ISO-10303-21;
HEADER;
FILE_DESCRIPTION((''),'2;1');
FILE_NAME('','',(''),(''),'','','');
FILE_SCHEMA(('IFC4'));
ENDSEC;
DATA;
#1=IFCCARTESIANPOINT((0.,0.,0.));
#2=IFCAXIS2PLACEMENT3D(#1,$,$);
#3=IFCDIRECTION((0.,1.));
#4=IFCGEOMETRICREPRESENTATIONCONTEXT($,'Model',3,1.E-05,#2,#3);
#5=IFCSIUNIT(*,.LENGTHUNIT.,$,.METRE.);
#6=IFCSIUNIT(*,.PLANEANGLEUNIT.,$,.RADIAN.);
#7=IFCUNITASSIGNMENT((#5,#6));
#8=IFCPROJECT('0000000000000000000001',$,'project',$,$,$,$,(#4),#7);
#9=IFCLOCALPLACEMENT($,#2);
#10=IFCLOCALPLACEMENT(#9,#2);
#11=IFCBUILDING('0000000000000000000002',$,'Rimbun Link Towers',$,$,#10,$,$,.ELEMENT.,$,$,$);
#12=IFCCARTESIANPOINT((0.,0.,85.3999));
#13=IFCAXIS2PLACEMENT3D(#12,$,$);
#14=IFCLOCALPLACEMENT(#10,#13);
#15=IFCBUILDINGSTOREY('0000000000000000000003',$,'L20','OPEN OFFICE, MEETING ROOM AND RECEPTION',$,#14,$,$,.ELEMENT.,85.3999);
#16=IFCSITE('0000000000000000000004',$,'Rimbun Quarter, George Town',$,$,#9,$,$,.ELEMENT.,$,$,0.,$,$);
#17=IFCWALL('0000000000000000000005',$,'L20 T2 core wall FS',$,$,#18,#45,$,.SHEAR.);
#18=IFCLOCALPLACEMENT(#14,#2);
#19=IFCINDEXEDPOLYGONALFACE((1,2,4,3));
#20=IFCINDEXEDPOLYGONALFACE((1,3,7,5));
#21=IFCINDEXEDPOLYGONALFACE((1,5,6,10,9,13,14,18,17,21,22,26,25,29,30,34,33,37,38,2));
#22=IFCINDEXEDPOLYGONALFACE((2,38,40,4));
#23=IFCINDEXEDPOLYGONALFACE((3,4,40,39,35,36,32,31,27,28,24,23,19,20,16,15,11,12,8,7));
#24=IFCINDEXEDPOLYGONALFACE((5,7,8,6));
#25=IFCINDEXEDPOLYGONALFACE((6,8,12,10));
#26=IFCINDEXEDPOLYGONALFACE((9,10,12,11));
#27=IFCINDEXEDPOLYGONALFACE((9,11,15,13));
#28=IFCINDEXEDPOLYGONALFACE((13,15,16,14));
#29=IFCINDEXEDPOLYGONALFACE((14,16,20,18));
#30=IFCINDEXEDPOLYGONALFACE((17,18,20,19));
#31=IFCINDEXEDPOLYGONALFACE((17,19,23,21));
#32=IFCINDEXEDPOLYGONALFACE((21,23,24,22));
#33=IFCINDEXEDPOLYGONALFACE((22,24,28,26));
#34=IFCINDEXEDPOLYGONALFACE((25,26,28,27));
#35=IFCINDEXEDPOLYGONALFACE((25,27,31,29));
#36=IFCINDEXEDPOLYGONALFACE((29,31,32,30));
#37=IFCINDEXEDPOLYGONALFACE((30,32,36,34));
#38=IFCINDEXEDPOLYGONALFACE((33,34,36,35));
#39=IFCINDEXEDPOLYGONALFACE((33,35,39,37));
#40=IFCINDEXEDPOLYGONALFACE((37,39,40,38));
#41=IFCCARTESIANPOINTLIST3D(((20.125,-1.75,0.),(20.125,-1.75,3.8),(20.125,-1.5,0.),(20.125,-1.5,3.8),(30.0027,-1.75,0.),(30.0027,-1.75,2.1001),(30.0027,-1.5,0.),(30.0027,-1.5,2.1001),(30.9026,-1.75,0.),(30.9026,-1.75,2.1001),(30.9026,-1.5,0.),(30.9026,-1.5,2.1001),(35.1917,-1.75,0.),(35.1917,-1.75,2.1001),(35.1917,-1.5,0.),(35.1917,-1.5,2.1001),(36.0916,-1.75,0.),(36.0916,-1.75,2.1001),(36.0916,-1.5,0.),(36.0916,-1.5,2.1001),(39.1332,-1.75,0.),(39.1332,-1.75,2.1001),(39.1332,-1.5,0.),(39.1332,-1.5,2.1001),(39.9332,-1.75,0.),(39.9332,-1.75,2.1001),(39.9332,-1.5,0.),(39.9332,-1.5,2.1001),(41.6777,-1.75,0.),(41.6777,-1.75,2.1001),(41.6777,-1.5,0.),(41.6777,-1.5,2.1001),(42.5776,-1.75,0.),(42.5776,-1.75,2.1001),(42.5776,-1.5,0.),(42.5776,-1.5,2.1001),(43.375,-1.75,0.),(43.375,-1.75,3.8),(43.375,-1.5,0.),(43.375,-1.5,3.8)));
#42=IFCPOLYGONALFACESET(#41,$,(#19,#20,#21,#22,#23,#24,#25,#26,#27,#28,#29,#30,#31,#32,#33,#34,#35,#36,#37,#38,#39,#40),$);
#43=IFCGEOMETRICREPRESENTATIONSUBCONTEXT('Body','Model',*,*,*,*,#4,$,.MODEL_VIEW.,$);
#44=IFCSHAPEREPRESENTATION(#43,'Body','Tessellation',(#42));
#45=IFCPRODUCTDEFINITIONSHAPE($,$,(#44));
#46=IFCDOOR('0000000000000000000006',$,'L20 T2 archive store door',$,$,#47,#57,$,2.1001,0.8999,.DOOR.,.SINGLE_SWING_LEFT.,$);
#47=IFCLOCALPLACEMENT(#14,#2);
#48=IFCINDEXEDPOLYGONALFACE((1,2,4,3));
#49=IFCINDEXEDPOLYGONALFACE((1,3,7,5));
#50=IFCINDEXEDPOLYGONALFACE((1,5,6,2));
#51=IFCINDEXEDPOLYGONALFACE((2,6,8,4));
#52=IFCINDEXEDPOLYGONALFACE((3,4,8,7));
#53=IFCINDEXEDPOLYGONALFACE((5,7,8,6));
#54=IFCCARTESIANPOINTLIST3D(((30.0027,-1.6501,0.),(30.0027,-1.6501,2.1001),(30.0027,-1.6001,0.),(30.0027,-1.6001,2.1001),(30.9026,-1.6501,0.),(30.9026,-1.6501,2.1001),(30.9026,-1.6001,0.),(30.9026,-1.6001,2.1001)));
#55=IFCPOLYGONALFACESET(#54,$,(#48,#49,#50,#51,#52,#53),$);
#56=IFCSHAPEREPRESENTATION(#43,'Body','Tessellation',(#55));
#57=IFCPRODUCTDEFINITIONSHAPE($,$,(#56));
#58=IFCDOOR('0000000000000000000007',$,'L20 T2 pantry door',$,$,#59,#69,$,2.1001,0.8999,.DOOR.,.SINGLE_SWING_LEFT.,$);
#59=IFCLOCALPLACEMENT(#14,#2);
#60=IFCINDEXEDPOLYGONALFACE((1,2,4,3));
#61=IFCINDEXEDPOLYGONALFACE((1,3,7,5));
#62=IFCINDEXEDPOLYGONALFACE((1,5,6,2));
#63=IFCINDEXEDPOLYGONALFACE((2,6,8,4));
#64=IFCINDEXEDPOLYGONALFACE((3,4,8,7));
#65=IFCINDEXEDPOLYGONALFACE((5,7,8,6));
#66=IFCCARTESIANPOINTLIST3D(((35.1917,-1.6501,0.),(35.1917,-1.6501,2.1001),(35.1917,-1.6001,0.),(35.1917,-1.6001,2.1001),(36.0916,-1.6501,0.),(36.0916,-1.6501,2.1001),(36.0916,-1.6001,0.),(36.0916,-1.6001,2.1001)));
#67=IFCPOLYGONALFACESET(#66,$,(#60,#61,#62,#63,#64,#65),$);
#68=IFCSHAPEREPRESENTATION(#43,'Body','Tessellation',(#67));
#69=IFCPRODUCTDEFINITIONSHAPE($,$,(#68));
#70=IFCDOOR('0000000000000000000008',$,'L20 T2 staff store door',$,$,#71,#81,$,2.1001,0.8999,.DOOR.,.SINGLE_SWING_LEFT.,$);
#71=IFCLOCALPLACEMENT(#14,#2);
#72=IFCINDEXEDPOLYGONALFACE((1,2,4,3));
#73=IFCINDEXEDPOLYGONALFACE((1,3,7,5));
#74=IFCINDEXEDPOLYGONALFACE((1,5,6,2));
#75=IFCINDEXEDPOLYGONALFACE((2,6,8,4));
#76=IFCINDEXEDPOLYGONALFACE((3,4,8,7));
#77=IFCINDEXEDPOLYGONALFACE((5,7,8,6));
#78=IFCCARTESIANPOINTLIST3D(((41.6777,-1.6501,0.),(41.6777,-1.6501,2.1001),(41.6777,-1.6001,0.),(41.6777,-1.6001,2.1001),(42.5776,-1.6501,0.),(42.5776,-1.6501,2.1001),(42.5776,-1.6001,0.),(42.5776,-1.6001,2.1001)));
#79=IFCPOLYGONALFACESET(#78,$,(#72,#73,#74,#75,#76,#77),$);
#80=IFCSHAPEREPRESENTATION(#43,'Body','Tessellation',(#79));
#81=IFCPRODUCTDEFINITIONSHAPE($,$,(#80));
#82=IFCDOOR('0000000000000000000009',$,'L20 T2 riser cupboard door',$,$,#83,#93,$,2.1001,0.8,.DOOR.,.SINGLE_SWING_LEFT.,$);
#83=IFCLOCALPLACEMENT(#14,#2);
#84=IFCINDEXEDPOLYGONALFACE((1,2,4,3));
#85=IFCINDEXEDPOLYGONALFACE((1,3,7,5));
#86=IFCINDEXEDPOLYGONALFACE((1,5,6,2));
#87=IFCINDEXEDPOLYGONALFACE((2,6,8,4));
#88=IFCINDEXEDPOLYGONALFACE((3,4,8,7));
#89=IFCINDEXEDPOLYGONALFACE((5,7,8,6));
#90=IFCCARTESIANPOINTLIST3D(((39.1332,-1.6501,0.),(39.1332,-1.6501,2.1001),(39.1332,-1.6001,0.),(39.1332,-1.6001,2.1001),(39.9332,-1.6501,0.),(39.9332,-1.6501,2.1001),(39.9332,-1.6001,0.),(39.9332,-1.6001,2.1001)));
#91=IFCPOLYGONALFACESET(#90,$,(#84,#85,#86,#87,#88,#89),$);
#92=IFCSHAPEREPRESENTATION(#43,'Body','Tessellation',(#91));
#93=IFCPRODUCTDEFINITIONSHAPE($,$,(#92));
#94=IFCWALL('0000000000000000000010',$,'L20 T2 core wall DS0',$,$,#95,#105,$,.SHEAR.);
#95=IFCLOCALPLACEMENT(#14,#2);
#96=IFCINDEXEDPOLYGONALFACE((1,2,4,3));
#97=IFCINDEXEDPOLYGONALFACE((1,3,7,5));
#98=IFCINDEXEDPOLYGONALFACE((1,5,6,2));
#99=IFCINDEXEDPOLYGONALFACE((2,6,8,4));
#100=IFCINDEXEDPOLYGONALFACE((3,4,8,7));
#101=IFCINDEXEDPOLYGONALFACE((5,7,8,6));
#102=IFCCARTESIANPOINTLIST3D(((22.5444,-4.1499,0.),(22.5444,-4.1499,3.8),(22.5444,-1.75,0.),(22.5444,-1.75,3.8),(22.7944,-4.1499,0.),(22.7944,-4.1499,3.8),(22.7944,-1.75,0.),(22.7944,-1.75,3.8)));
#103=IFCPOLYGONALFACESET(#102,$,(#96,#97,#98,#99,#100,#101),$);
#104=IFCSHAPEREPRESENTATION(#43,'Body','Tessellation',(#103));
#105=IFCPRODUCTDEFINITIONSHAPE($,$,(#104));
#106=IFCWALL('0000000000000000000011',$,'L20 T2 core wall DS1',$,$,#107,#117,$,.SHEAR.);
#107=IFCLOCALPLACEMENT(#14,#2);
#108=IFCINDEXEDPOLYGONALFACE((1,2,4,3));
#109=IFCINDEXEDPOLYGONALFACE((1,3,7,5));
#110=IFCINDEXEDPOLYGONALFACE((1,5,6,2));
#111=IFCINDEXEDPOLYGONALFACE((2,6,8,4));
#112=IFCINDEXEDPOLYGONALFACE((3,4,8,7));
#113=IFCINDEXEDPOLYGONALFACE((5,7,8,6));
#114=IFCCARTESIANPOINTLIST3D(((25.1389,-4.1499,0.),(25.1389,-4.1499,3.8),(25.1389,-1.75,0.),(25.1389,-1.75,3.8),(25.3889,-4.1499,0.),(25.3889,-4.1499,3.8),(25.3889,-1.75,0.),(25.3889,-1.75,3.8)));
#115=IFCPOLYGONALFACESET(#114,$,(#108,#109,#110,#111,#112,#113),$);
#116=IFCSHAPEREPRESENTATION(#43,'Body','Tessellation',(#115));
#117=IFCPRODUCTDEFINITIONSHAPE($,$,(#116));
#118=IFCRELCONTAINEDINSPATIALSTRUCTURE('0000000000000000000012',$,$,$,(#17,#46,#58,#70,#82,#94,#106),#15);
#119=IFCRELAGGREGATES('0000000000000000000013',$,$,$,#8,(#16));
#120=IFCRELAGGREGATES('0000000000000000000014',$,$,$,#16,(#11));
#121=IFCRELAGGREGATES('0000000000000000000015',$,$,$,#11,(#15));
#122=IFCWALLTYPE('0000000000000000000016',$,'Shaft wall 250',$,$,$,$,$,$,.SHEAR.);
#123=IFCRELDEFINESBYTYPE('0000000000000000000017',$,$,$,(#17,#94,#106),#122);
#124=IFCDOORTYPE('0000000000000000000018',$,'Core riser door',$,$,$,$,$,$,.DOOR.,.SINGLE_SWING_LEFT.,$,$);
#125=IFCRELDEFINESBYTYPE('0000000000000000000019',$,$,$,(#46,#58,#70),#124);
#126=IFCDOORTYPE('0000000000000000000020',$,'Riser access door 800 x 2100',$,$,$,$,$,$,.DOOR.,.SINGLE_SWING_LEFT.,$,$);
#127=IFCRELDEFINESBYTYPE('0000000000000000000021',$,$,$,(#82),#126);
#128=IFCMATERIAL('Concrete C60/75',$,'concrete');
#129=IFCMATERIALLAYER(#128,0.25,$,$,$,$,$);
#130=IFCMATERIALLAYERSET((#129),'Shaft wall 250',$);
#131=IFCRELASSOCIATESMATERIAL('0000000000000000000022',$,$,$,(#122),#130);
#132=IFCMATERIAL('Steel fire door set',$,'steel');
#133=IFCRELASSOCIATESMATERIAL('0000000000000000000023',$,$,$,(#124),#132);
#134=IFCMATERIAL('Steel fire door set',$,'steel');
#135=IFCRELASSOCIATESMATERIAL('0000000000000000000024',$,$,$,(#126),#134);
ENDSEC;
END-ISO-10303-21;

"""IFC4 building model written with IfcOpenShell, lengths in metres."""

from ifc_helpers import new_model, si_unit, direction, frame, frame_2d, origin, place, context, subcontext, project, spatial, rectangle, extrude, material, layer, layer_set, type_object, element, fill, save


model = new_model("IFC4")

# Units and contexts
model_context = context("Model", 3, precision=1e-05, world=origin(), true_north=direction((0.0, 1.0)))
body_context = subcontext(model_context, "Body", "Model", "MODEL_VIEW")
ifc_project = project(units=[si_unit("LENGTHUNIT", "METRE"), si_unit("PLANEANGLEUNIT", "RADIAN")], contexts=[model_context])

# Site, building, storey
site_placement = place(None, origin())
site = spatial("IfcSite", under=ifc_project, at=site_placement, Name="Rimbun Quarter, George Town", CompositionType="ELEMENT", RefElevation=0.0)
building_placement = place(site_placement, origin())
building = spatial("IfcBuilding", under=site, at=building_placement, Name="Rimbun Link Towers", CompositionType="ELEMENT")
storey_placement = place(building_placement, frame((0.0, 0.0, 85.3999)))
storey = spatial("IfcBuildingStorey", under=building, at=storey_placement, Name="L20", Description="OPEN OFFICE, MEETING ROOM AND RECEPTION", CompositionType="ELEMENT", Elevation=85.3999)

# Shared definitions
ifc_material_1 = material(Name="Concrete C60/75", Category="concrete")
ifc_layer_1 = layer(ifc_material_1, 0.25)
ifc_layer_set_1 = layer_set([ifc_layer_1], Name="Shaft wall 250")
wall_type_1 = type_object("IfcWallType", Name="Shaft wall 250", PredefinedType="SHEAR", material=ifc_layer_set_1)

# Wall, openings, doors
wall_1_placement = place(storey_placement, frame((20.125, -1.625, 0.0), z_axis=(0.0, 0.0, 1.0), x_axis=(1.0, 0.0, 0.0)))
wall_1 = element("IfcWall", 1, at=wall_1_placement, inside=storey, type_object=wall_type_1, Name="L20 T2 core wall FS", PredefinedType="SHEAR", context=body_context, shape_type="SweptSolid", body=[
    extrude(rectangle(XDim=23.25, YDim=0.25, at=frame_2d((11.625, 0.0))), origin(), (0.0, 0.0, 1.0), 3.8),
])
opening_1_placement = place(wall_1_placement, frame((9.8777, 0.0, 0.0)))
opening_1 = element("IfcOpeningElement", 2, at=opening_1_placement, cuts=wall_1, PredefinedType="OPENING", context=body_context, shape_type="SweptSolid", body=[
    extrude(rectangle(XDim=0.8999, YDim=2.1001, at=frame_2d((0.45, 1.05))), frame((0.0, 0.135, 0.0), z_axis=(0.0, -1.0, 0.0), x_axis=(1.0, 0.0, 0.0)), (0.0, 0.0, 1.0), 0.27),
])
opening_2_placement = place(wall_1_placement, frame((15.0667, 0.0, 0.0)))
opening_2 = element("IfcOpeningElement", 3, at=opening_2_placement, cuts=wall_1, PredefinedType="OPENING", context=body_context, shape_type="SweptSolid", body=[
    extrude(rectangle(XDim=0.8999, YDim=2.1001, at=frame_2d((0.45, 1.05))), frame((0.0, 0.135, 0.0), z_axis=(0.0, -1.0, 0.0), x_axis=(1.0, 0.0, 0.0)), (0.0, 0.0, 1.0), 0.27),
])
opening_3_placement = place(wall_1_placement, frame((19.0083, 0.0, 0.0)))
opening_3 = element("IfcOpeningElement", 4, at=opening_3_placement, cuts=wall_1, PredefinedType="OPENING", context=body_context, shape_type="SweptSolid", body=[
    extrude(rectangle(XDim=0.8, YDim=2.1001, at=frame_2d((0.3999, 1.05))), frame((0.0, 0.135, 0.0), z_axis=(0.0, -1.0, 0.0), x_axis=(1.0, 0.0, 0.0)), (0.0, 0.0, 1.0), 0.27),
])
opening_4_placement = place(wall_1_placement, frame((21.5527, 0.0, 0.0)))
opening_4 = element("IfcOpeningElement", 5, at=opening_4_placement, cuts=wall_1, PredefinedType="OPENING", context=body_context, shape_type="SweptSolid", body=[
    extrude(rectangle(XDim=0.8999, YDim=2.1001, at=frame_2d((0.45, 1.05))), frame((0.0, 0.135, 0.0), z_axis=(0.0, -1.0, 0.0), x_axis=(1.0, 0.0, 0.0)), (0.0, 0.0, 1.0), 0.27),
])
ifc_material_2 = material(Name="Steel fire door set", Category="steel")
door_type_1 = type_object("IfcDoorType", Name="Core riser door", OperationType="SINGLE_SWING_LEFT", PredefinedType="DOOR", material=ifc_material_2)
door_1_placement = place(opening_1_placement, origin())
door_1 = element("IfcDoor", 6, at=door_1_placement, inside=storey, type_object=door_type_1, Name="L20 T2 archive store door", OperationType="SINGLE_SWING_LEFT", OverallHeight=2.1001, OverallWidth=0.8999, PredefinedType="DOOR", context=body_context, shape_type="SweptSolid", body=[
    extrude(rectangle(XDim=0.8999, YDim=2.1001, at=frame_2d((0.45, 1.05))), frame((0.0, 0.0249, 0.0), z_axis=(0.0, -1.0, 0.0), x_axis=(1.0, 0.0, 0.0)), (0.0, 0.0, 1.0), 0.05),
])
fill(opening_1, door_1)
door_2_placement = place(opening_2_placement, origin())
door_2 = element("IfcDoor", 7, at=door_2_placement, inside=storey, type_object=door_type_1, Name="L20 T2 pantry door", OperationType="SINGLE_SWING_LEFT", OverallHeight=2.1001, OverallWidth=0.8999, PredefinedType="DOOR", context=body_context, shape_type="SweptSolid", body=[
    extrude(rectangle(XDim=0.8999, YDim=2.1001, at=frame_2d((0.45, 1.05))), frame((0.0, 0.0249, 0.0), z_axis=(0.0, -1.0, 0.0), x_axis=(1.0, 0.0, 0.0)), (0.0, 0.0, 1.0), 0.05),
])
fill(opening_2, door_2)
door_3_placement = place(opening_4_placement, origin())
door_3 = element("IfcDoor", 8, at=door_3_placement, inside=storey, type_object=door_type_1, Name="L20 T2 staff store door", OperationType="SINGLE_SWING_LEFT", OverallHeight=2.1001, OverallWidth=0.8999, PredefinedType="DOOR", context=body_context, shape_type="SweptSolid", body=[
    extrude(rectangle(XDim=0.8999, YDim=2.1001, at=frame_2d((0.45, 1.05))), frame((0.0, 0.0249, 0.0), z_axis=(0.0, -1.0, 0.0), x_axis=(1.0, 0.0, 0.0)), (0.0, 0.0, 1.0), 0.05),
])
fill(opening_4, door_3)
ifc_material_3 = material(Name="Steel fire door set", Category="steel")
door_type_2 = type_object("IfcDoorType", Name="Riser access door 800 x 2100", OperationType="SINGLE_SWING_LEFT", PredefinedType="DOOR", material=ifc_material_3)
door_4_placement = place(opening_3_placement, origin())
door_4 = element("IfcDoor", 9, at=door_4_placement, inside=storey, type_object=door_type_2, Name="L20 T2 riser cupboard door", OperationType="SINGLE_SWING_LEFT", OverallHeight=2.1001, OverallWidth=0.8, PredefinedType="DOOR", context=body_context, shape_type="SweptSolid", body=[
    extrude(rectangle(XDim=0.8, YDim=2.1001, at=frame_2d((0.3999, 1.05))), frame((0.0, 0.0249, 0.0), z_axis=(0.0, -1.0, 0.0), x_axis=(1.0, 0.0, 0.0)), (0.0, 0.0, 1.0), 0.05),
])
fill(opening_3, door_4)

# Walls
for number, where, z_axis, x_axis, name in (
    (10, (22.6694, -4.1499, 0.0), (0.0, 0.0, 1.0), (0.0, 1.0, 0.0), "L20 T2 core wall DS0"),
    (11, (25.2639, -4.1499, 0.0), (0.0, 0.0, 1.0), (0.0, 1.0, 0.0), "L20 T2 core wall DS1"),
):
    element("IfcWall", number, at=place(storey_placement, frame(where, z_axis=z_axis, x_axis=x_axis)), inside=storey, type_object=wall_type_1, Name=name, PredefinedType="SHEAR", context=body_context, shape_type="SweptSolid", body=[
        extrude(rectangle(XDim=2.3999, YDim=0.25, at=frame_2d((1.2, 0.0))), origin(), (0.0, 0.0, 1.0), 3.8),
    ])

save(model, "model.ifc")
